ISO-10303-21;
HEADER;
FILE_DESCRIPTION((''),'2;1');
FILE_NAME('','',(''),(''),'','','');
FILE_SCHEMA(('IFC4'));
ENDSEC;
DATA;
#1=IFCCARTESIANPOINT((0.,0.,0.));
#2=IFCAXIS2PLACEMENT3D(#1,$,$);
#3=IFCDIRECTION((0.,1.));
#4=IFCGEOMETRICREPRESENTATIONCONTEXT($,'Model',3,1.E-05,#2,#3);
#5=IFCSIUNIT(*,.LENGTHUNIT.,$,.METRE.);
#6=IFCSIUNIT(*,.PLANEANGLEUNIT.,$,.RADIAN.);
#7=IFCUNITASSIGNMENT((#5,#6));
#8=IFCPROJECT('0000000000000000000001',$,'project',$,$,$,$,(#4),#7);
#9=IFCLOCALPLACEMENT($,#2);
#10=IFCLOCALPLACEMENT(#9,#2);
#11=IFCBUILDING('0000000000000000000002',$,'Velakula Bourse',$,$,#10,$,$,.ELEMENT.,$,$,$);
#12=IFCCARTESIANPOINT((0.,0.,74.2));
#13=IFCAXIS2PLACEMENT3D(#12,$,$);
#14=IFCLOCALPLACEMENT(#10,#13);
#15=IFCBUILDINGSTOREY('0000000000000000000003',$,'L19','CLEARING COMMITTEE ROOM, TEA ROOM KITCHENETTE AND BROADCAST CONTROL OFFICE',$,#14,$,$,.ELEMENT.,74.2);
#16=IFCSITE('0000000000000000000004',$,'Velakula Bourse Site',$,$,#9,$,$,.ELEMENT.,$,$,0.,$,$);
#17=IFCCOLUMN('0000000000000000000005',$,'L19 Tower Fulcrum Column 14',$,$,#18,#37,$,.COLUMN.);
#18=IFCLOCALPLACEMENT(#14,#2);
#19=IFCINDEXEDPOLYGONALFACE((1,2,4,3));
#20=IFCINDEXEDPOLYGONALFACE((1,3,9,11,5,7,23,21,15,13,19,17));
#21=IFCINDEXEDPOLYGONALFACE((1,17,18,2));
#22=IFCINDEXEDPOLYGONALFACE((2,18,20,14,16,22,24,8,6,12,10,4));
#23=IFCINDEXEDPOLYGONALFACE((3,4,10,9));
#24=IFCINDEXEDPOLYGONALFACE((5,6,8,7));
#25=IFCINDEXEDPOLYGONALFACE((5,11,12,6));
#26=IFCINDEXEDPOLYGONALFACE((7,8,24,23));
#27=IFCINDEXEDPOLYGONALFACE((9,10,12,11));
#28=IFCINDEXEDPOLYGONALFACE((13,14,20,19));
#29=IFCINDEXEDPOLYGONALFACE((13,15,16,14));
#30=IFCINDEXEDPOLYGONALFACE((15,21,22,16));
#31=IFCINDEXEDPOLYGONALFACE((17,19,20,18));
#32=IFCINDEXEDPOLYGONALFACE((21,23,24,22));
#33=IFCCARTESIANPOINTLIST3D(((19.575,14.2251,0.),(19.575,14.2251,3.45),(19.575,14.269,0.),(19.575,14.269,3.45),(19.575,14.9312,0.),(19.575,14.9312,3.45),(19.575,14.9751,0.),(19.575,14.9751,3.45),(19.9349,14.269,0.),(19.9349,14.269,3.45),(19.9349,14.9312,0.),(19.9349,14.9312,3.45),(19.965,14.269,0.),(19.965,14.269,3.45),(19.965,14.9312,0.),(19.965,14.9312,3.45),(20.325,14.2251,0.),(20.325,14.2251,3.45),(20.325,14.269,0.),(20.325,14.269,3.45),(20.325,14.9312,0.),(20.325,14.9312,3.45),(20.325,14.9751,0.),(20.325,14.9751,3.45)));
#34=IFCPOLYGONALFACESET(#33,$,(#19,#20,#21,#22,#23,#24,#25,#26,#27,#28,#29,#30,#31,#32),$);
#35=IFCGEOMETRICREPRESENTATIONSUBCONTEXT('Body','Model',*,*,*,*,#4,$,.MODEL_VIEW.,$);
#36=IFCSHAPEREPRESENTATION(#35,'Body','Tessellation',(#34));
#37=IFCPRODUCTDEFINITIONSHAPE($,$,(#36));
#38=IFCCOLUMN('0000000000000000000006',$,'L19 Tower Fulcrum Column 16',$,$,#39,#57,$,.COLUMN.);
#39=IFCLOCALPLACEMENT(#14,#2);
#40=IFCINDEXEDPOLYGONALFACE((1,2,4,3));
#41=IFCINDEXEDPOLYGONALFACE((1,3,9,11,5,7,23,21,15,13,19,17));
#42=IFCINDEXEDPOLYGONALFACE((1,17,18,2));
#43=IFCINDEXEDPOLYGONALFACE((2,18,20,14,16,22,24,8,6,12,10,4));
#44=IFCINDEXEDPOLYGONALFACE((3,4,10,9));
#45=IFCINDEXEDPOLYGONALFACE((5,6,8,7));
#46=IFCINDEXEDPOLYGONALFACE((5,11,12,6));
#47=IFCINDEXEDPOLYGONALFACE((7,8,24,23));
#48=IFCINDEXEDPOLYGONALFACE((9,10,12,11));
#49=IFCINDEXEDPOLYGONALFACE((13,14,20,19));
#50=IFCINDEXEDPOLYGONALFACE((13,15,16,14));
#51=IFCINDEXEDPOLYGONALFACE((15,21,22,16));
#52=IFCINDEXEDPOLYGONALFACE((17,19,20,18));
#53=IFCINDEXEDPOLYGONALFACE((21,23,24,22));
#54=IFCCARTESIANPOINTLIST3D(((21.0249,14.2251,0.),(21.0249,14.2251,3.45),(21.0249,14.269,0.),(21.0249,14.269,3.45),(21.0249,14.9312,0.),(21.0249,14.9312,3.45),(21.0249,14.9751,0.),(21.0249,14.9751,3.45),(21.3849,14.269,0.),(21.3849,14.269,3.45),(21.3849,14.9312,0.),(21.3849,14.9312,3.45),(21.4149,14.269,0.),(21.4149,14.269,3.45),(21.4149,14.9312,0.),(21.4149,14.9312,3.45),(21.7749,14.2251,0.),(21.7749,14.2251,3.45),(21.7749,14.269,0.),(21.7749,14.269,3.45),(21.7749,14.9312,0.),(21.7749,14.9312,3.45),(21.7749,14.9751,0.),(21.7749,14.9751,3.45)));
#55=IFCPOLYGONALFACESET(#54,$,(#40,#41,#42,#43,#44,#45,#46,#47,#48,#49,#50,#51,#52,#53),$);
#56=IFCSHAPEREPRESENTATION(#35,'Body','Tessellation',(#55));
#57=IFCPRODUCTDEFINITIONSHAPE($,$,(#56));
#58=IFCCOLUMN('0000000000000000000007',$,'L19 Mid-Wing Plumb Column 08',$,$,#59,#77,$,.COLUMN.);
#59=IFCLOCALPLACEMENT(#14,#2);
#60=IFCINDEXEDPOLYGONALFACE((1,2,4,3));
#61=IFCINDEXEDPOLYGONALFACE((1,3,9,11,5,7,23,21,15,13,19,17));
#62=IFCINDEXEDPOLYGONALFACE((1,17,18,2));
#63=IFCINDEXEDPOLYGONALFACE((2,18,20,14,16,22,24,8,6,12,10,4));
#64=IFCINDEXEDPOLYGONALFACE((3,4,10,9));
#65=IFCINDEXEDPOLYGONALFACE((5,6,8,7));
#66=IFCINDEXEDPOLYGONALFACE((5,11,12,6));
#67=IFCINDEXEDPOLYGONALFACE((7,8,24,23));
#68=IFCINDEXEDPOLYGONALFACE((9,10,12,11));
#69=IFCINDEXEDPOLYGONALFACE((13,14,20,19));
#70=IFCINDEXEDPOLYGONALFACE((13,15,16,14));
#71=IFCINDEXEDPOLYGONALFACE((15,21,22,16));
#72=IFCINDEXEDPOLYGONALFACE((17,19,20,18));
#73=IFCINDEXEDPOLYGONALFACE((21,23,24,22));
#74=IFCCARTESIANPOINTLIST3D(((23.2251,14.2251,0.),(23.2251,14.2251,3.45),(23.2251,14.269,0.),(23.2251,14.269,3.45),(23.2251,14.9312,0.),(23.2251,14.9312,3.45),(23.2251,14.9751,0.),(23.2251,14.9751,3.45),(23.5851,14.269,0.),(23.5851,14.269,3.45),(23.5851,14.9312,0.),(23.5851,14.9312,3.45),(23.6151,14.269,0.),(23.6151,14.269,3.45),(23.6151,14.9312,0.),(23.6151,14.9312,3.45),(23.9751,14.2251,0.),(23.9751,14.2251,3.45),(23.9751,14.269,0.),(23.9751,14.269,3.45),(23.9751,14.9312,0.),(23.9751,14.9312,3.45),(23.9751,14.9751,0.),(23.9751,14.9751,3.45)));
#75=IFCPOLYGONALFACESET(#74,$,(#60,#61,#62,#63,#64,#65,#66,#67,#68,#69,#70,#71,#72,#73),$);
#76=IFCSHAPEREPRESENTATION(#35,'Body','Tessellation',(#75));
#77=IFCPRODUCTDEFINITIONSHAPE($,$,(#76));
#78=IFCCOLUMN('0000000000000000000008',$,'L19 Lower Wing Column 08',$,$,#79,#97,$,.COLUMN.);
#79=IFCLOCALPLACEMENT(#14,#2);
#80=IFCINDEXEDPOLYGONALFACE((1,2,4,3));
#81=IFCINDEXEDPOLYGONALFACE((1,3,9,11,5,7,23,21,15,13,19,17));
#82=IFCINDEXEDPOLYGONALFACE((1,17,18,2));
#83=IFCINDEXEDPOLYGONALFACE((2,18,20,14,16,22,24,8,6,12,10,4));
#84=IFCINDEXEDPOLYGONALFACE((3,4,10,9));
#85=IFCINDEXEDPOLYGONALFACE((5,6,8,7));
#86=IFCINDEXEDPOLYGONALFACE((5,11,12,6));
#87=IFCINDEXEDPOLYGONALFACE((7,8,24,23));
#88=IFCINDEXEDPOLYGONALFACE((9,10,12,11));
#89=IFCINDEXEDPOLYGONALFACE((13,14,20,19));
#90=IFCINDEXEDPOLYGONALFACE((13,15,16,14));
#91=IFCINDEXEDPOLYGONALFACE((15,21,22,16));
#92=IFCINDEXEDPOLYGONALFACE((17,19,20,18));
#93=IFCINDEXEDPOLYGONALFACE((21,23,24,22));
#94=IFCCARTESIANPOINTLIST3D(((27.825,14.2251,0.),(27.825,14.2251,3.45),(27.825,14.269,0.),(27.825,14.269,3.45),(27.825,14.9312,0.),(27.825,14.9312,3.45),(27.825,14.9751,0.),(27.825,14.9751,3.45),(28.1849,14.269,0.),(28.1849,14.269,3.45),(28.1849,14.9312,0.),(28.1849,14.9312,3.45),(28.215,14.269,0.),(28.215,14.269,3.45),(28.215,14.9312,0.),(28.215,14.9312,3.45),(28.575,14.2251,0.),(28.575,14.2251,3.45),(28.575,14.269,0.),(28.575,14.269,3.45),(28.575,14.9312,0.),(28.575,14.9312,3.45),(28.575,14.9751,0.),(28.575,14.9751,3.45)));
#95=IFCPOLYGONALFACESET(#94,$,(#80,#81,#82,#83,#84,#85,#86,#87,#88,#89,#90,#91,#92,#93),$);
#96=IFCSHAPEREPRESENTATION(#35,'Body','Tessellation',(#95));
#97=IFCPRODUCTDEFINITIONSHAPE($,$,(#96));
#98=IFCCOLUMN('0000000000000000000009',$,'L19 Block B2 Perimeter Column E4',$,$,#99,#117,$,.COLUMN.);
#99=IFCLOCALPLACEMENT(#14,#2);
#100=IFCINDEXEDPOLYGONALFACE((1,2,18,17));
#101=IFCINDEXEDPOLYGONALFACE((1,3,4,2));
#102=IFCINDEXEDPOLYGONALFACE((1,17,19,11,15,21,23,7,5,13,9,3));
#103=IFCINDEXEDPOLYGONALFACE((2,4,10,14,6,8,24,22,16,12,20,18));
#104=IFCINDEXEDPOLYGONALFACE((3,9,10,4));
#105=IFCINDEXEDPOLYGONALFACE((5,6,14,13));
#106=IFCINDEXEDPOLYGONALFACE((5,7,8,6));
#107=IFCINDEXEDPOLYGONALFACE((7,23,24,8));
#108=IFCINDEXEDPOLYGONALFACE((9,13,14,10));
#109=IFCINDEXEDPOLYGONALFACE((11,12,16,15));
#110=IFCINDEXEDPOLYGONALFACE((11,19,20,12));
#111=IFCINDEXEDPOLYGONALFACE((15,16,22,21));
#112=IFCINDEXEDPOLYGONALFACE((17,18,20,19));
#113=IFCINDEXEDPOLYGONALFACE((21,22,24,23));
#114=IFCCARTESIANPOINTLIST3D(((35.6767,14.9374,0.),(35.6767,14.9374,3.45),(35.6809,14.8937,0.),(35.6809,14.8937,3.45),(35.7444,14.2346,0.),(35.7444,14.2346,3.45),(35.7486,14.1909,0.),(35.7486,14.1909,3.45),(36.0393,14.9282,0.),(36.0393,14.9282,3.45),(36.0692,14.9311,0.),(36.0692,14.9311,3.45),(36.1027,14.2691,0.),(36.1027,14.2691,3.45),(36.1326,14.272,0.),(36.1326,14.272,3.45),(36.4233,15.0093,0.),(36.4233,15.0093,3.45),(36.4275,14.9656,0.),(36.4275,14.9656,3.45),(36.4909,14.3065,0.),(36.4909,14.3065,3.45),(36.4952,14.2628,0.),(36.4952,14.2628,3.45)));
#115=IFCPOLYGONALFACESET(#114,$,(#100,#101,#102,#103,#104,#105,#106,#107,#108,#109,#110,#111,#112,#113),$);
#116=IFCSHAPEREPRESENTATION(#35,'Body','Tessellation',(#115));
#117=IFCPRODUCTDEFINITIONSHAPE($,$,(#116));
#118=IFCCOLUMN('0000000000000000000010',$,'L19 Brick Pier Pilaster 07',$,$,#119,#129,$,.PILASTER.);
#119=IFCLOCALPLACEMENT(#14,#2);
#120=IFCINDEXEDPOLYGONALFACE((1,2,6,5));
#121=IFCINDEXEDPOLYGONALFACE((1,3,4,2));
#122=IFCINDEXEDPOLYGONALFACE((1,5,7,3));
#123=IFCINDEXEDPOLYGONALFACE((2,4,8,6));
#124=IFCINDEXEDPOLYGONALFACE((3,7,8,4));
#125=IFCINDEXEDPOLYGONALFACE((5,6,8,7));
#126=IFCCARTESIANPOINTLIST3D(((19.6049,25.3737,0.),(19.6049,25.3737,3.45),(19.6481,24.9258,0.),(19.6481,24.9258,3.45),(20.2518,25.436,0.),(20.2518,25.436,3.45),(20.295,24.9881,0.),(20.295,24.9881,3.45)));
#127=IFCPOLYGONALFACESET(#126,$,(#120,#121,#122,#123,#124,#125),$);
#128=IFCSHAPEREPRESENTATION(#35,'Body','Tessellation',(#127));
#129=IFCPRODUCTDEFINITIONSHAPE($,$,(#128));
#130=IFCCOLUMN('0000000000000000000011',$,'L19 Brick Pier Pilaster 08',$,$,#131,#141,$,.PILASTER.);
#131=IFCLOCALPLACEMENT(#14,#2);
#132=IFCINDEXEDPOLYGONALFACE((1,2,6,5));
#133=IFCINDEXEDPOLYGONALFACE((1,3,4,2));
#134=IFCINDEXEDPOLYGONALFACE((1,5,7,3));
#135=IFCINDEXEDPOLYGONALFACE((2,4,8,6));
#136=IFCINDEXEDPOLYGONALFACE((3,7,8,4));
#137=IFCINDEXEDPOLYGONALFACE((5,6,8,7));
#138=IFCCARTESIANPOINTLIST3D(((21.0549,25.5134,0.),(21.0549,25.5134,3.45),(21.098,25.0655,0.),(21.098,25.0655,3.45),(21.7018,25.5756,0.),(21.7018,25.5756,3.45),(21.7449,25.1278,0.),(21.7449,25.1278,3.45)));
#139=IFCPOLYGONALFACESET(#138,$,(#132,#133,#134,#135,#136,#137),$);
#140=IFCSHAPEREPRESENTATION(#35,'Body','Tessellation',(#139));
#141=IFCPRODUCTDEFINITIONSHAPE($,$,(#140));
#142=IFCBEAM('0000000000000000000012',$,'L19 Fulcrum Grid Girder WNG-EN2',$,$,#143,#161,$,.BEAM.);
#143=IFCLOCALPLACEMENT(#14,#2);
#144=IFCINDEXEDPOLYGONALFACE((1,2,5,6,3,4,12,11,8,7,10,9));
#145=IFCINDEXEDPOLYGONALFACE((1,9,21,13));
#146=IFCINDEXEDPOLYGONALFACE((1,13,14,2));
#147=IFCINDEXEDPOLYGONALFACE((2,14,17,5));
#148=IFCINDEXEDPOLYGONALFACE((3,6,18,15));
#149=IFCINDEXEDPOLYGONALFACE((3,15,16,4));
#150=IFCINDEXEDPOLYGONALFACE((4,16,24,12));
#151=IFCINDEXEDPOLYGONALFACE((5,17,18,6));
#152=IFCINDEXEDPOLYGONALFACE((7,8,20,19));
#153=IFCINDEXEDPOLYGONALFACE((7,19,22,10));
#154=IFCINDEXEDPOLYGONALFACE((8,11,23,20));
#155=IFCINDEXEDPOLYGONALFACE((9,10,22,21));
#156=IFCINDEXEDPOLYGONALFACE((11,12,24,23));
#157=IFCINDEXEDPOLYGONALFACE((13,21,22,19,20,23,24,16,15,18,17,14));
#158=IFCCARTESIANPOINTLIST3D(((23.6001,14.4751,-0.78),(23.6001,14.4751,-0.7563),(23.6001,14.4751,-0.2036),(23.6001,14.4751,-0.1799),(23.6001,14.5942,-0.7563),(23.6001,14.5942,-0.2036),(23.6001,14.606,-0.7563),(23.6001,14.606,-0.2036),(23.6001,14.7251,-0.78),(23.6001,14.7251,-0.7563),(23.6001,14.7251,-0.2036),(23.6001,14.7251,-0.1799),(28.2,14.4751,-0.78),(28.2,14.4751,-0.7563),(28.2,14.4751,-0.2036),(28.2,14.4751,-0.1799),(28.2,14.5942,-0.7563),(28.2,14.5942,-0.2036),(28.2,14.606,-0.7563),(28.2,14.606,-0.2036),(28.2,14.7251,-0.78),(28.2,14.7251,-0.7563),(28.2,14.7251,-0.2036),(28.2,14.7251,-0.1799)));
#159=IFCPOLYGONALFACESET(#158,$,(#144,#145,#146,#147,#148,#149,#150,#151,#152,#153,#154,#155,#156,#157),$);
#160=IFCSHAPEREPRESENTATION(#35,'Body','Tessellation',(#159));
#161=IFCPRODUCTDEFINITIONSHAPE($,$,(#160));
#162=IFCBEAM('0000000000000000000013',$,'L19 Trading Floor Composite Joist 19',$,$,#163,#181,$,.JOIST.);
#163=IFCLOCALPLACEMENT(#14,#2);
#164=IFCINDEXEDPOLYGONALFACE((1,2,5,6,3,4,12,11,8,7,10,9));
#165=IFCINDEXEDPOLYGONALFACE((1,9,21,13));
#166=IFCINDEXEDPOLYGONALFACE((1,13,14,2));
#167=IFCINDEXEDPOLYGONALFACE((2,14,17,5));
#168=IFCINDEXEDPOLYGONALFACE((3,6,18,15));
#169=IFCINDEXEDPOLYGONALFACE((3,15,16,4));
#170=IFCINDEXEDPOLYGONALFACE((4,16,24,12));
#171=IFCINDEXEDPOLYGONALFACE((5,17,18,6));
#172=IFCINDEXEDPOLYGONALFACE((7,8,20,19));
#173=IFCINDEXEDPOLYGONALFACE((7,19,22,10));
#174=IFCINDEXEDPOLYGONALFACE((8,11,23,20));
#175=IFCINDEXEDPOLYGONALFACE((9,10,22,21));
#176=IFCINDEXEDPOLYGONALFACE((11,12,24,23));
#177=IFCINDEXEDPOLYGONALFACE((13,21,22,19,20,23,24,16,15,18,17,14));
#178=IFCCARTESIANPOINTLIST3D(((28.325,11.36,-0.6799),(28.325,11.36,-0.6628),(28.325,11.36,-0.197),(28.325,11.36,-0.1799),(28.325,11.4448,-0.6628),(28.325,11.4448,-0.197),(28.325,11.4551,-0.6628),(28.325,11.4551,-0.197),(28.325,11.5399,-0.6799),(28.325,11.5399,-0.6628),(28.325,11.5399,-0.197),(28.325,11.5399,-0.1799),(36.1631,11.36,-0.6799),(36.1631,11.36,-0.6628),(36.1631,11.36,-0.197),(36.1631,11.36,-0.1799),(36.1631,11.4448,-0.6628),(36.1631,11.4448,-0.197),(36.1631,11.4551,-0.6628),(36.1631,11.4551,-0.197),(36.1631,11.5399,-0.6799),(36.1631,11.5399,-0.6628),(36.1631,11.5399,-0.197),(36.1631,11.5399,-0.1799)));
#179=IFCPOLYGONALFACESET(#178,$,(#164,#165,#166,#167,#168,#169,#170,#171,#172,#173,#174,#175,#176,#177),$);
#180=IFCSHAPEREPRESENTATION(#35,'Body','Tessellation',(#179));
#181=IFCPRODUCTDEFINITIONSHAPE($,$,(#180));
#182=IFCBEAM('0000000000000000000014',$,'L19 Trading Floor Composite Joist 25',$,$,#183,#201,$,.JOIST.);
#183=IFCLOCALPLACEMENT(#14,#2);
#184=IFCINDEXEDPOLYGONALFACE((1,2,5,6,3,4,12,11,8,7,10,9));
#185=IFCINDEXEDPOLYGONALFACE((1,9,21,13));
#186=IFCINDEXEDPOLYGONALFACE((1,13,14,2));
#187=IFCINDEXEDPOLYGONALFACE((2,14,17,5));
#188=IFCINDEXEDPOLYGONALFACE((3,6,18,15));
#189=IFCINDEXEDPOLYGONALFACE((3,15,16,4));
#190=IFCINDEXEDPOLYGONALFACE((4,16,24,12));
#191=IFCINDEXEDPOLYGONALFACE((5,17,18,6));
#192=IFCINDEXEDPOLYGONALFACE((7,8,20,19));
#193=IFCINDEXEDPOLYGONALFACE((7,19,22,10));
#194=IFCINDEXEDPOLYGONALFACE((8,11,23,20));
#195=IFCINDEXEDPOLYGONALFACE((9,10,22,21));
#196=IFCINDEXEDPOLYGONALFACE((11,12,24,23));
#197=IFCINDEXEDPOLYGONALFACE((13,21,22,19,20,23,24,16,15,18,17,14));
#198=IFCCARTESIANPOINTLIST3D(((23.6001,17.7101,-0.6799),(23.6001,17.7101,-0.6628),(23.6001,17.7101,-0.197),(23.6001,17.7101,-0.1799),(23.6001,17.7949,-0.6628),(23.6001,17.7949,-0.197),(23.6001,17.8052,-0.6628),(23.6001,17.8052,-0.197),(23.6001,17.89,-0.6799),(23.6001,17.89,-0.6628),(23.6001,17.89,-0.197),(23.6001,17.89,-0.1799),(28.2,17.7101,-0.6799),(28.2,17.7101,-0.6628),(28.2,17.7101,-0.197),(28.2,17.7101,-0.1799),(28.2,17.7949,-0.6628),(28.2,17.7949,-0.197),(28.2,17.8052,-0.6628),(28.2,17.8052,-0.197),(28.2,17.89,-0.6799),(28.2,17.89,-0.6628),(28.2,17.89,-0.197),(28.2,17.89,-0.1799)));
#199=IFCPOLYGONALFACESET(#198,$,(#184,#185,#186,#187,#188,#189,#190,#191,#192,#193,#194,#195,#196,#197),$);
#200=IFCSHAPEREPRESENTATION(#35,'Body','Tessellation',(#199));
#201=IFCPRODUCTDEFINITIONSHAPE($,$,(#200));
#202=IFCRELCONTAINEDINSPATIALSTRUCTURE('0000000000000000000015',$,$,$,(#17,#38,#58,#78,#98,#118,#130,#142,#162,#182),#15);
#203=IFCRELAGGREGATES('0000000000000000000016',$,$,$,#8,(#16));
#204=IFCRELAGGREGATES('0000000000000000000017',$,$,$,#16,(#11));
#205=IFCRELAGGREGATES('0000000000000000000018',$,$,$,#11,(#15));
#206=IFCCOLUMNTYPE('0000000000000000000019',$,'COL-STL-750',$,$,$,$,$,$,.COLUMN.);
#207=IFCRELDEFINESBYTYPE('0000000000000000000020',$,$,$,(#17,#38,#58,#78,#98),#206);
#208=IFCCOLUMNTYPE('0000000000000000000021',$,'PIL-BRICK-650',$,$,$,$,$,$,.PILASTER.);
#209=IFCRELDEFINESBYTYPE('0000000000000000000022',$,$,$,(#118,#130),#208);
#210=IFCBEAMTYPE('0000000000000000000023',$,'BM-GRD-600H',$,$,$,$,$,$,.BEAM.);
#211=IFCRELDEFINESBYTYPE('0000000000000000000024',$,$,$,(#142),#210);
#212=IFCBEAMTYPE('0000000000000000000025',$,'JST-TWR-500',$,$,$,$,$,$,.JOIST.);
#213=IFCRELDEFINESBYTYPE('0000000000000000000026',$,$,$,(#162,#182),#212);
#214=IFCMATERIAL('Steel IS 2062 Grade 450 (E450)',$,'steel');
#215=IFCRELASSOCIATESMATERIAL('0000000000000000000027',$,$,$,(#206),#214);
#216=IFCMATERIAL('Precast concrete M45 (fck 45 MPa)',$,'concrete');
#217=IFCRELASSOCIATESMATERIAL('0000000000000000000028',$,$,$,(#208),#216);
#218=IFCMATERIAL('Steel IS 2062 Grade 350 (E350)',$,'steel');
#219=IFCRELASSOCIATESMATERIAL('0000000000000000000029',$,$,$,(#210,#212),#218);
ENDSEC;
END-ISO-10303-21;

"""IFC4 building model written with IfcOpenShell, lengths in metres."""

from ifc_helpers import new_model, si_unit, direction, frame, origin, origin_2d, place, context, subcontext, project, spatial, rectangle, i_section, extrude, material, material_profile, profile_set, type_object, element, save


model = new_model("IFC4")

# Units and contexts
model_context = context("Model", 3, precision=1e-05, world=origin(), true_north=direction((0.0, 1.0)))
body_context = subcontext(model_context, "Body", "Model", "MODEL_VIEW")
ifc_project = project(units=[si_unit("LENGTHUNIT", "METRE"), si_unit("PLANEANGLEUNIT", "RADIAN")], contexts=[model_context])

# Site, building, storey
site_placement = place(None, origin())
site = spatial("IfcSite", under=ifc_project, at=site_placement, Name="Velakula Bourse Site", CompositionType="ELEMENT", RefElevation=0.0)
building_placement = place(site_placement, origin())
building = spatial("IfcBuilding", under=site, at=building_placement, Name="Velakula Bourse", CompositionType="ELEMENT")
storey_placement = place(building_placement, frame((0.0, 0.0, 74.2)))
storey = spatial("IfcBuildingStorey", under=building, at=storey_placement, Name="L19", Description="CLEARING COMMITTEE ROOM, TEA ROOM KITCHENETTE AND BROADCAST CONTROL OFFICE", CompositionType="ELEMENT", Elevation=74.2)

# Columns
ifc_material_1 = material(Name="Steel IS 2062 Grade 450 (E450)", Category="steel")
ifc_material_profile_1 = material_profile(ifc_material_1, i_section(OverallWidth=0.75, OverallDepth=0.75, WebThickness=0.03, FlangeThickness=0.0439, at=origin_2d()), Name="Steel IS 2062 Grade 450 (E450)")
ifc_profile_set_1 = profile_set([ifc_material_profile_1], Name="Steel IS 2062 Grade 450 (E450)")
column_type_1 = type_object("IfcColumnType", Name="COL-STL-750", PredefinedType="COLUMN", material=ifc_profile_set_1)
for number, where, z_axis, x_axis, name in (
    (1, (19.95, 14.6001, 0.0), (0.0, 0.0, 1.0), (1.0, 0.0, 0.0), "L19 Tower Fulcrum Column 14"),
    (2, (21.3999, 14.6001, 0.0), (0.0, 0.0, 1.0), (1.0, 0.0, 0.0), "L19 Tower Fulcrum Column 16"),
    (3, (23.6001, 14.6001, 0.0), (0.0, 0.0, 1.0), (1.0, 0.0, 0.0), "L19 Mid-Wing Plumb Column 08"),
    (4, (28.2, 14.6001, 0.0), (0.0, 0.0, 1.0), (1.0, 0.0, 0.0), "L19 Lower Wing Column 08"),
    (5, (36.0859, 14.6001, 0.0), (0.0, 0.0, 1.0), (0.995396, 0.095846, 0.0), "L19 Block B2 Perimeter Column E4"),
):
    element("IfcColumn", number, at=place(storey_placement, frame(where, z_axis=z_axis, x_axis=x_axis)), inside=storey, type_object=column_type_1, Name=name, PredefinedType="COLUMN", context=body_context, shape_type="SweptSolid", body=[
        extrude(i_section(OverallWidth=0.75, OverallDepth=0.75, WebThickness=0.03, FlangeThickness=0.0439, at=origin_2d()), origin(), (0.0, 0.0, 1.0), 3.45),
    ])
ifc_material_2 = material(Name="Precast concrete M45 (fck 45 MPa)", Category="concrete")
ifc_material_profile_2 = material_profile(ifc_material_2, rectangle(XDim=0.6499, YDim=0.45, at=origin_2d()), Name="Precast concrete M45 (fck 45 MPa)")
ifc_profile_set_2 = profile_set([ifc_material_profile_2], Name="Precast concrete M45 (fck 45 MPa)")
column_type_2 = type_object("IfcColumnType", Name="PIL-BRICK-650", PredefinedType="PILASTER", material=ifc_profile_set_2)
for number, where, z_axis, x_axis, name in (
    (6, (19.95, 25.1809, 0.0), (0.0, 0.0, 1.0), (0.995396, 0.095846, 0.0), "L19 Brick Pier Pilaster 07"),
    (7, (21.3999, 25.3206, 0.0), (0.0, 0.0, 1.0), (0.995396, 0.095846, 0.0), "L19 Brick Pier Pilaster 08"),
):
    element("IfcColumn", number, at=place(storey_placement, frame(where, z_axis=z_axis, x_axis=x_axis)), inside=storey, type_object=column_type_2, Name=name, PredefinedType="PILASTER", context=body_context, shape_type="SweptSolid", body=[
        extrude(rectangle(XDim=0.6499, YDim=0.45, at=origin_2d()), origin(), (0.0, 0.0, 1.0), 3.45),
    ])

# Beams
ifc_material_3 = material(Name="Steel IS 2062 Grade 350 (E350)", Category="steel")
ifc_material_profile_3 = material_profile(ifc_material_3, i_section(OverallWidth=0.25, OverallDepth=0.6001, WebThickness=0.0117, FlangeThickness=0.0237, at=origin_2d()), Name="Steel IS 2062 Grade 350 (E350)")
ifc_profile_set_3 = profile_set([ifc_material_profile_3], Name="Steel IS 2062 Grade 350 (E350)")
beam_type_1 = type_object("IfcBeamType", Name="BM-GRD-600H", PredefinedType="BEAM", material=ifc_profile_set_3)
beam_1_placement = place(storey_placement, frame((23.6001, 14.6001, -0.48), z_axis=(1.0, 0.0, 0.0), x_axis=(0.0, 1.0, 0.0)))
element("IfcBeam", 8, at=beam_1_placement, inside=storey, type_object=beam_type_1, Name="L19 Fulcrum Grid Girder WNG-EN2", PredefinedType="BEAM", context=body_context, shape_type="SweptSolid", body=[
    extrude(i_section(OverallWidth=0.25, OverallDepth=0.6001, WebThickness=0.0117, FlangeThickness=0.0237, at=origin_2d()), origin(), (0.0, 0.0, 1.0), 4.5999),
])
ifc_material_profile_4 = material_profile(ifc_material_3, i_section(OverallWidth=0.1799, OverallDepth=0.5, WebThickness=0.0103, FlangeThickness=0.0171, at=origin_2d()), Name="Steel IS 2062 Grade 350 (E350)")
ifc_profile_set_4 = profile_set([ifc_material_profile_4], Name="Steel IS 2062 Grade 350 (E350)")
beam_type_2 = type_object("IfcBeamType", Name="JST-TWR-500", PredefinedType="JOIST", material=ifc_profile_set_4)
beam_2_placement = place(storey_placement, frame((28.325, 11.45, -0.4299), z_axis=(1.0, 0.0, 0.0), x_axis=(0.0, 1.0, 0.0)))
element("IfcBeam", 9, at=beam_2_placement, inside=storey, type_object=beam_type_2, Name="L19 Trading Floor Composite Joist 19", PredefinedType="JOIST", context=body_context, shape_type="SweptSolid", body=[
    extrude(i_section(OverallWidth=0.1799, OverallDepth=0.5, WebThickness=0.0103, FlangeThickness=0.0171, at=origin_2d()), origin(), (0.0, 0.0, 1.0), 7.8381),
])
beam_3_placement = place(storey_placement, frame((23.6001, 17.8, -0.4299), z_axis=(1.0, 0.0, 0.0), x_axis=(0.0, 1.0, 0.0)))
element("IfcBeam", 10, at=beam_3_placement, inside=storey, type_object=beam_type_2, Name="L19 Trading Floor Composite Joist 25", PredefinedType="JOIST", context=body_context, shape_type="SweptSolid", body=[
    extrude(i_section(OverallWidth=0.1799, OverallDepth=0.5, WebThickness=0.0103, FlangeThickness=0.0171, at=origin_2d()), origin(), (0.0, 0.0, 1.0), 4.5999),
])

save(model, "model.ifc")
